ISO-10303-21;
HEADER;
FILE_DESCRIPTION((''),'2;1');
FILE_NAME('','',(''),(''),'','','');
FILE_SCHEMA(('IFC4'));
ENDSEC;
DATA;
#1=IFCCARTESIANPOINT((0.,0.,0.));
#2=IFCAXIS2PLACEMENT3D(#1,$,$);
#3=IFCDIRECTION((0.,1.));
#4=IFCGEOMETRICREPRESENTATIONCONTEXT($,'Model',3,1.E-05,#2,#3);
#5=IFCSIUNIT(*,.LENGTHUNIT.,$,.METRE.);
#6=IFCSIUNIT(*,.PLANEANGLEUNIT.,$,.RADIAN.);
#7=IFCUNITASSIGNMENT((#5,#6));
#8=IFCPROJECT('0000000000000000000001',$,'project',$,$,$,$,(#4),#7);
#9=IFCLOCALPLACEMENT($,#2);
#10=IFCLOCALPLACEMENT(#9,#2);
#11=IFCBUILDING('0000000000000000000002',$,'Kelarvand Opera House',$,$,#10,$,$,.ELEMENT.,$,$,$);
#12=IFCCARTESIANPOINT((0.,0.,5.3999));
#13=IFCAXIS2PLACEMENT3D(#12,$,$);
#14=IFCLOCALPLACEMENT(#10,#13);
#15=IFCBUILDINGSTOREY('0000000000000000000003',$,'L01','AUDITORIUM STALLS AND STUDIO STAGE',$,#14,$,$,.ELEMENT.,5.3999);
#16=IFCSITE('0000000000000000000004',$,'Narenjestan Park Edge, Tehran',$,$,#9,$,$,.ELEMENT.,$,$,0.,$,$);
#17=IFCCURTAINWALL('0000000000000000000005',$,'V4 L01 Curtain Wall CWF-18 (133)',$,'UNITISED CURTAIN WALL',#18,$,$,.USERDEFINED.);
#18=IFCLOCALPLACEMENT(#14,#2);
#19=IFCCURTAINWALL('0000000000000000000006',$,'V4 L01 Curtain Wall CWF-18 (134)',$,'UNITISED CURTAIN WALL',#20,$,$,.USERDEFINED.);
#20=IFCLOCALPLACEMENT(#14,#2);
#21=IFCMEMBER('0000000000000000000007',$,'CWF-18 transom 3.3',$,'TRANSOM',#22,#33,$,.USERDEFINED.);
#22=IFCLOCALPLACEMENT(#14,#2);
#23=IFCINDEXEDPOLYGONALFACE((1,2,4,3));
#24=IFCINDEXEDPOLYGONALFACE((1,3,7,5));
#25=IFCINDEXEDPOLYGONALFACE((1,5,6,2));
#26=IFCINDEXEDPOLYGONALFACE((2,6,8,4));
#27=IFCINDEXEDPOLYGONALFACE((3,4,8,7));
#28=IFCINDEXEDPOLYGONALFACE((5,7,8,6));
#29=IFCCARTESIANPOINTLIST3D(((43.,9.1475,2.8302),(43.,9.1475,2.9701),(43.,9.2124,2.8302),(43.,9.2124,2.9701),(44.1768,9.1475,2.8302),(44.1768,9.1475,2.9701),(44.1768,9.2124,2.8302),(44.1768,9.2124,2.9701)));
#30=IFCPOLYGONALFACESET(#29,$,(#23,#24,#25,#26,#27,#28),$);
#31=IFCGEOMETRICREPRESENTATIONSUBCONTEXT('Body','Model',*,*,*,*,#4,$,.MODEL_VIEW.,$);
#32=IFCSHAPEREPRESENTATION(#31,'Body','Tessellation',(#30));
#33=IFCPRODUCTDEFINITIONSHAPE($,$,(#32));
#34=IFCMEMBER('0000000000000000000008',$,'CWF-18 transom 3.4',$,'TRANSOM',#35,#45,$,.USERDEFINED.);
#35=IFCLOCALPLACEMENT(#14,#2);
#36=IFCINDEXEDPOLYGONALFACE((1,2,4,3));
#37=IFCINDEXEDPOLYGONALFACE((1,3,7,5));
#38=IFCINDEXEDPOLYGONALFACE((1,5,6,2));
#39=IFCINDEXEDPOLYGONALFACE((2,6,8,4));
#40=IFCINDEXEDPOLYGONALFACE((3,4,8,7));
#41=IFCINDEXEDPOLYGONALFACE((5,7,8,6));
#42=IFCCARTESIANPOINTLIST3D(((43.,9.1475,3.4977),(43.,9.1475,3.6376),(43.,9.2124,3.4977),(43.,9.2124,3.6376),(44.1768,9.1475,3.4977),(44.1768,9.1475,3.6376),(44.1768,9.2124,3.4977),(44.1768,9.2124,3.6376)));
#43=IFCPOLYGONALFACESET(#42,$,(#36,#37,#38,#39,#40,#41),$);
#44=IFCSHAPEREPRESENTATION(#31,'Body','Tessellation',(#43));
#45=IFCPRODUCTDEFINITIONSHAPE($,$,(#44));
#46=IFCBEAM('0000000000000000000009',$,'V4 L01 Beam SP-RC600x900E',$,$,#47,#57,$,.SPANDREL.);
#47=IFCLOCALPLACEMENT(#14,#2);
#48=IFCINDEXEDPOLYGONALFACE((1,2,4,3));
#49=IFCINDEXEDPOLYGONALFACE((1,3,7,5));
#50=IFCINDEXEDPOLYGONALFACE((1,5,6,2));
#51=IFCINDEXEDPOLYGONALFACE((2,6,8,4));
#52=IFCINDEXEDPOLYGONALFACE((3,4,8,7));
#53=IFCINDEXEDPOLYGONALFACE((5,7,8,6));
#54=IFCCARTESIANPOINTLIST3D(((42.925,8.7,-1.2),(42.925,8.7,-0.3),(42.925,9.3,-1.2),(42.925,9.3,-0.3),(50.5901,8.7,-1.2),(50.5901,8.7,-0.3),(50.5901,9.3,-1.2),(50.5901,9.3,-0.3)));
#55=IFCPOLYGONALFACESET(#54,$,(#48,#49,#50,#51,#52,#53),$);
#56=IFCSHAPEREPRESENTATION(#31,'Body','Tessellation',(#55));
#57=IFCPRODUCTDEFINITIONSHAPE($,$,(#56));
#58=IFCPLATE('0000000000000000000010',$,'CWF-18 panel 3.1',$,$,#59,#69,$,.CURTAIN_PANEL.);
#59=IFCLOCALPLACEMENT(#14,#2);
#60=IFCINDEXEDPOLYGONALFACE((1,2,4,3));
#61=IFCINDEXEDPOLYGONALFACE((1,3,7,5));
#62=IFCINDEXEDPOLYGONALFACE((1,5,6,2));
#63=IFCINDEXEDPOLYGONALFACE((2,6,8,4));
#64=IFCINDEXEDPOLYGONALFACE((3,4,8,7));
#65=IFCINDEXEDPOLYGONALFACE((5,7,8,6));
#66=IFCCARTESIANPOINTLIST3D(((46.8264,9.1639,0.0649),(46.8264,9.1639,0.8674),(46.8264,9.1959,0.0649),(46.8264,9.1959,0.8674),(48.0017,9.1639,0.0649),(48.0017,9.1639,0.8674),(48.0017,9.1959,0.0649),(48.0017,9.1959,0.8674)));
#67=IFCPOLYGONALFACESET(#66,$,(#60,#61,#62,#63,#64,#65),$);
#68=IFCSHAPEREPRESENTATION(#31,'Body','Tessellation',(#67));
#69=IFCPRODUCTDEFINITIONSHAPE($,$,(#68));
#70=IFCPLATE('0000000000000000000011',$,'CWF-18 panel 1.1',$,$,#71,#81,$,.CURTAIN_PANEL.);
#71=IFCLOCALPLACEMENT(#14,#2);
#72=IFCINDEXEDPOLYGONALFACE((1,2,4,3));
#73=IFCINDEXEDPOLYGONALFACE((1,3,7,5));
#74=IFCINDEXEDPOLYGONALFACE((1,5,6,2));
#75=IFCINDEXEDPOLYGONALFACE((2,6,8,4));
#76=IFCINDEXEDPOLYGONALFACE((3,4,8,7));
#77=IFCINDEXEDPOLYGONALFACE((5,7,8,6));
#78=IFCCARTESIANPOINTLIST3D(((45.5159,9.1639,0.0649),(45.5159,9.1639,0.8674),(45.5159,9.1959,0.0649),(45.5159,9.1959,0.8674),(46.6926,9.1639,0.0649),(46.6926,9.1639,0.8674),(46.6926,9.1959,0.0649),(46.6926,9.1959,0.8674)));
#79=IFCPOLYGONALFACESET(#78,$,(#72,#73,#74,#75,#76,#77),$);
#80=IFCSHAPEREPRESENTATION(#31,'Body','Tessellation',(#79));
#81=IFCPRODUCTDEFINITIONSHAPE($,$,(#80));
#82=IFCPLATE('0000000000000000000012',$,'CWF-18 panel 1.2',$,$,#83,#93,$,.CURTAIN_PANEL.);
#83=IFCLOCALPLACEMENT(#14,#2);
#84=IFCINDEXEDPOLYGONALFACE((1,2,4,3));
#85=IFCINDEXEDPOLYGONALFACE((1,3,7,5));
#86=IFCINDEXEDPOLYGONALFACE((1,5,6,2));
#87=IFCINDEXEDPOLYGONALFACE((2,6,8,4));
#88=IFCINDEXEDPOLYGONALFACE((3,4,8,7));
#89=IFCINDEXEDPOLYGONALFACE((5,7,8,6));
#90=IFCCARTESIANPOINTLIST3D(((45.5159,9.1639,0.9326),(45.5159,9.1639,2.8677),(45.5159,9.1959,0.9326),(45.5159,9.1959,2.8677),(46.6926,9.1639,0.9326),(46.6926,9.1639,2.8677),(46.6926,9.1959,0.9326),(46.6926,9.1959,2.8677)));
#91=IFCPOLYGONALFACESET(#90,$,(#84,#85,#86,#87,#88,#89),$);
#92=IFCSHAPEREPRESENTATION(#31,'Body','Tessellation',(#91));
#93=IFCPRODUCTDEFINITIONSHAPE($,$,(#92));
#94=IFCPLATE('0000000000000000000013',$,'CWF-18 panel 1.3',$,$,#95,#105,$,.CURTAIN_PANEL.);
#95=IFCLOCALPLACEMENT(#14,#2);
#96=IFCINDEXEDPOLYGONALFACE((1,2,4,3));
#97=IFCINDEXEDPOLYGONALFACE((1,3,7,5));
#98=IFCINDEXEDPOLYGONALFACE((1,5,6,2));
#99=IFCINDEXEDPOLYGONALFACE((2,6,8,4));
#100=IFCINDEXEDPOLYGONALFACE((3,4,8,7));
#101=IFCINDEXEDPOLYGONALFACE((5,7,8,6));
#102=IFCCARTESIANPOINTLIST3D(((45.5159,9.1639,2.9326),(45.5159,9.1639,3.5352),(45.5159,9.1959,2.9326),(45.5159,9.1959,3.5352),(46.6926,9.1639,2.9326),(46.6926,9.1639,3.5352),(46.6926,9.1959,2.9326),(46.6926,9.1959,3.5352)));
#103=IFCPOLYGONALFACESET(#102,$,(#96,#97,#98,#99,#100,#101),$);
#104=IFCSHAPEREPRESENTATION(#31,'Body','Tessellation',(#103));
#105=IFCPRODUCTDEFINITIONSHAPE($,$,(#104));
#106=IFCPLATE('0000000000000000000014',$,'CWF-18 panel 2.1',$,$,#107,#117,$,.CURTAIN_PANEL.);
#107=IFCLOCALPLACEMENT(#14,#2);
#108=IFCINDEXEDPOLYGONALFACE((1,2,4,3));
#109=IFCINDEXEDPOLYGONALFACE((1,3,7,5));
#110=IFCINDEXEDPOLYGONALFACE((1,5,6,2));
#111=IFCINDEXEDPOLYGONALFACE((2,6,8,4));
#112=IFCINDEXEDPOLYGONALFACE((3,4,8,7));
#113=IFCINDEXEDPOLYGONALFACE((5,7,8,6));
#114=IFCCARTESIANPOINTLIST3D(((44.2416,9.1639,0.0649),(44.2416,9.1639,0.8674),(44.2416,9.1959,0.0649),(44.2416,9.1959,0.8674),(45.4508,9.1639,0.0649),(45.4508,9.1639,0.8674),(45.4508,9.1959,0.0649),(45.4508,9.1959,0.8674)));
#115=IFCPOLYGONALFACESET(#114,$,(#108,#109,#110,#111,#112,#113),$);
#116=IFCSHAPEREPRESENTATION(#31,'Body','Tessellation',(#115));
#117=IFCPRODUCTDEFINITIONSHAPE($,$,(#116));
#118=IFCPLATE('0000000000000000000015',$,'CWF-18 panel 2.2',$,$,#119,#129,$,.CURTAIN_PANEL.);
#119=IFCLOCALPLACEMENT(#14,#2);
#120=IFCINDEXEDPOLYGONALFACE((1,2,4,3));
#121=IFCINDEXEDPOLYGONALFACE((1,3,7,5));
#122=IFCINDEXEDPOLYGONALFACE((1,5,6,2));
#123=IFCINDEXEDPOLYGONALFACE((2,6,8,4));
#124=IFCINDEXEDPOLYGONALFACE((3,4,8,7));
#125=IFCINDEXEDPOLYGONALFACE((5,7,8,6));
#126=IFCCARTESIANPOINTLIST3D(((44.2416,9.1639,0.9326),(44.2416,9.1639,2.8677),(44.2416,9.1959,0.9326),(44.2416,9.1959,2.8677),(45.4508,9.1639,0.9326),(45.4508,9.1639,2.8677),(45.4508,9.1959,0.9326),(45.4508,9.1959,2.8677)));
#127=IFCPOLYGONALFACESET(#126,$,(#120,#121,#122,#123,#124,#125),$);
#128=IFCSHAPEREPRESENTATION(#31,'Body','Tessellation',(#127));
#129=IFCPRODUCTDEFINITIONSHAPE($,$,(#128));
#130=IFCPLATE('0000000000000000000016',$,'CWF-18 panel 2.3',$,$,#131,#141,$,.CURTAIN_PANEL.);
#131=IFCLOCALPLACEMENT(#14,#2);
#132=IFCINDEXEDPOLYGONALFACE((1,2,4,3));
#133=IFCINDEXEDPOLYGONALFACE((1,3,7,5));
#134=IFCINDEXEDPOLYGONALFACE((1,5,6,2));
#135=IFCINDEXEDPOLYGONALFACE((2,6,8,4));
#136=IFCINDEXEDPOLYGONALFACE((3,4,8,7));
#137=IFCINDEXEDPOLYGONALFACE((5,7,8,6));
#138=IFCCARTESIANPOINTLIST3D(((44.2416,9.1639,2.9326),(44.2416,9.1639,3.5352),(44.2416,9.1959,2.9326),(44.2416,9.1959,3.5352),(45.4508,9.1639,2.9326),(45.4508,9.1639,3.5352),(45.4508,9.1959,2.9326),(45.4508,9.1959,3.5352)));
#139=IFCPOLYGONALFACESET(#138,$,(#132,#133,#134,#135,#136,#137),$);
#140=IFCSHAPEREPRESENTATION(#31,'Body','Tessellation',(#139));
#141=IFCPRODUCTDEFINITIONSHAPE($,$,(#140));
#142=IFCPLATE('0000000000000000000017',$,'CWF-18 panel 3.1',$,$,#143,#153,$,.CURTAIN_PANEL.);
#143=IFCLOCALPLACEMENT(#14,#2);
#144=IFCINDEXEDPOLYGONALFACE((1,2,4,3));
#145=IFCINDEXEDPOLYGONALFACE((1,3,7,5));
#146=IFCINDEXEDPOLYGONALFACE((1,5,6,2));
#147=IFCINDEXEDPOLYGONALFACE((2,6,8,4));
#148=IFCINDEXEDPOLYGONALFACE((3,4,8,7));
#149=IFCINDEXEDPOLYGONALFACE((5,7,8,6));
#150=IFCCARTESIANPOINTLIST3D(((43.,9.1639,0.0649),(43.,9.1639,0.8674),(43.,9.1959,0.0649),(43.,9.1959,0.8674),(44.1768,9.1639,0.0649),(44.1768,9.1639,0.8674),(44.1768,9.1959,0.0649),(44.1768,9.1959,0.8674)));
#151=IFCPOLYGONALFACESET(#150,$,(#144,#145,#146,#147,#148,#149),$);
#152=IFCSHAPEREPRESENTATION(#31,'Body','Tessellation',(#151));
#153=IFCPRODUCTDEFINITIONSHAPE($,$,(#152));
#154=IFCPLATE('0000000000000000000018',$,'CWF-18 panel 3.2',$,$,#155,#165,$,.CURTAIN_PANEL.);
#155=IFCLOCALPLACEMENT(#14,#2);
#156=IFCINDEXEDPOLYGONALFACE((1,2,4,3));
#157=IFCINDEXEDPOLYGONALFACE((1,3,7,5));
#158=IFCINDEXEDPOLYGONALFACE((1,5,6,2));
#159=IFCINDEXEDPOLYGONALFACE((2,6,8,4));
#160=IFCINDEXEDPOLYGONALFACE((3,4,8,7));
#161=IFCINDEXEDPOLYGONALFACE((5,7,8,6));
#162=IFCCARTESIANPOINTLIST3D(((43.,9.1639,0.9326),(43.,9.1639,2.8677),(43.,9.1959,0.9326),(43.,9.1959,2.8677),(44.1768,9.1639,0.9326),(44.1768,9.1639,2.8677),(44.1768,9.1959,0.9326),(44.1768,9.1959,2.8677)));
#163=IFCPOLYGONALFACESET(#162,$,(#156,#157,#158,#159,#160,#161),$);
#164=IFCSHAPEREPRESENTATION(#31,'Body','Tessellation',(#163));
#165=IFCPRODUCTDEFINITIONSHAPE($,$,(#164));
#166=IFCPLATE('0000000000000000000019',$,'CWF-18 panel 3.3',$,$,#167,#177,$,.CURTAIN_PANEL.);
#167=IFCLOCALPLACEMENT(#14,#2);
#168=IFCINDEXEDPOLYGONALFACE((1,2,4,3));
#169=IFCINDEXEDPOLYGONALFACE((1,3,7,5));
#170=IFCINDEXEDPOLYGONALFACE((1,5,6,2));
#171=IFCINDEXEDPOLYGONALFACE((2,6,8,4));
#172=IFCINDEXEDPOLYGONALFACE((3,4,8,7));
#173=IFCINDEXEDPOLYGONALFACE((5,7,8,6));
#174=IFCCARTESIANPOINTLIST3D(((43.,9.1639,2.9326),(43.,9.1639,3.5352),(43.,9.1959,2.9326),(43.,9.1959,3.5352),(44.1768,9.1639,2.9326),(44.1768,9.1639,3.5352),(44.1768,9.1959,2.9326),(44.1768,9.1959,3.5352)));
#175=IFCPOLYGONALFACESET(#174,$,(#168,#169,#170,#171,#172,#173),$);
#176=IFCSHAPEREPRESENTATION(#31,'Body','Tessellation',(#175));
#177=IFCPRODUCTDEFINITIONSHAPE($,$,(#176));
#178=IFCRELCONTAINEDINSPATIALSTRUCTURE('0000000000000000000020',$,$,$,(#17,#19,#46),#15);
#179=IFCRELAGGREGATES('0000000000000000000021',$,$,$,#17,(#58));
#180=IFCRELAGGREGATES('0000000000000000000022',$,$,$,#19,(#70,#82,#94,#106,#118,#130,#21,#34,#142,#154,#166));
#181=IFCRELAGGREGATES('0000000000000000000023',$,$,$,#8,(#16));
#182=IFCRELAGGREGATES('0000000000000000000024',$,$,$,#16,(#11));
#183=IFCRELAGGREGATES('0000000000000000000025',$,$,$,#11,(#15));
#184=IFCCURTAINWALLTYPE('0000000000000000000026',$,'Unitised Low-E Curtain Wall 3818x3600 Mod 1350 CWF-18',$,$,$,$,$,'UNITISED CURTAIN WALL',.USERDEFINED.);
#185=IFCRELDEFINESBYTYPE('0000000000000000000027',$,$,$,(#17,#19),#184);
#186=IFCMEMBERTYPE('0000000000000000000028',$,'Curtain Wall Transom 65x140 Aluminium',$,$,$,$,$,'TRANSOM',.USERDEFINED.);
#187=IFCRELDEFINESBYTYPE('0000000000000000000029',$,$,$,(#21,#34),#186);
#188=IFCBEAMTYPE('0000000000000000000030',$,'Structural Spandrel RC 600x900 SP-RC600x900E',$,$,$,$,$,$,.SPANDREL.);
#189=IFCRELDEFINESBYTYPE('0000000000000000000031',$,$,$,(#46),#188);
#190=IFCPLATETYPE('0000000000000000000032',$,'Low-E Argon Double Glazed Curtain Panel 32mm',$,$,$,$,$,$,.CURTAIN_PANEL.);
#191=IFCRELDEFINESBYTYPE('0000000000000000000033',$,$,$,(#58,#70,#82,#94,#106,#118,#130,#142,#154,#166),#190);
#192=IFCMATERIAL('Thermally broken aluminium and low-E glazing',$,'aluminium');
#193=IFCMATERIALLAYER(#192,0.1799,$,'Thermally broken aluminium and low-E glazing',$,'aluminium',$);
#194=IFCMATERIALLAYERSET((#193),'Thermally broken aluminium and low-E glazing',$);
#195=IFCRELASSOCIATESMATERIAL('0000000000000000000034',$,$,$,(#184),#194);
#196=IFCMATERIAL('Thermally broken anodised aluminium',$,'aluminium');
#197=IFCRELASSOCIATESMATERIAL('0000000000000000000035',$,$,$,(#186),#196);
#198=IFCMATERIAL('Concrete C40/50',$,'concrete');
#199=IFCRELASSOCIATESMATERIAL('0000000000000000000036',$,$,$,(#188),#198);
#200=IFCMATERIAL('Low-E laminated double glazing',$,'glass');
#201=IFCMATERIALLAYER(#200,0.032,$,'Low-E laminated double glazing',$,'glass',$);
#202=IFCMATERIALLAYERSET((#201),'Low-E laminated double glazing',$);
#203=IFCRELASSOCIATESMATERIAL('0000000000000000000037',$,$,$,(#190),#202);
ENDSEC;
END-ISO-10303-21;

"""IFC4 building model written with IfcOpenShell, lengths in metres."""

from ifc_helpers import new_model, si_unit, direction, frame, origin, origin_2d, place, context, subcontext, project, spatial, rectangle, extrude, material, layer, layer_set, material_profile, profile_set, type_object, element, aggregate, save


model = new_model("IFC4")

# Units and contexts
model_context = context("Model", 3, precision=1e-05, world=origin(), true_north=direction((0.0, 1.0)))
body_context = subcontext(model_context, "Body", "Model", "MODEL_VIEW")
ifc_project = project(units=[si_unit("LENGTHUNIT", "METRE"), si_unit("PLANEANGLEUNIT", "RADIAN")], contexts=[model_context])

# Site, building, storey
site_placement = place(None, origin())
site = spatial("IfcSite", under=ifc_project, at=site_placement, Name="Narenjestan Park Edge, Tehran", CompositionType="ELEMENT", RefElevation=0.0)
building_placement = place(site_placement, origin())
building = spatial("IfcBuilding", under=site, at=building_placement, Name="Kelarvand Opera House", CompositionType="ELEMENT")
storey_placement = place(building_placement, frame((0.0, 0.0, 5.3999)))
storey = spatial("IfcBuildingStorey", under=building, at=storey_placement, Name="L01", Description="AUDITORIUM STALLS AND STUDIO STAGE", CompositionType="ELEMENT", Elevation=5.3999)

# Curtain wall
ifc_material_1 = material(Name="Thermally broken aluminium and low-E glazing", Category="aluminium")
ifc_layer_1 = layer(ifc_material_1, 0.1799, Name="Thermally broken aluminium and low-E glazing", Category="aluminium")
ifc_layer_set_1 = layer_set([ifc_layer_1], Name="Thermally broken aluminium and low-E glazing")
curtain_wall_type = type_object("IfcCurtainWallType", Name="Unitised Low-E Curtain Wall 3818x3600 Mod 1350 CWF-18", ElementType="UNITISED CURTAIN WALL", PredefinedType="USERDEFINED", material=ifc_layer_set_1)
curtain_wall_1_placement = place(storey_placement, origin())
curtain_wall_1 = element("IfcCurtainWall", 1, at=curtain_wall_1_placement, inside=storey, type_object=curtain_wall_type, Name="V4 L01 Curtain Wall CWF-18 (133)", ObjectType="UNITISED CURTAIN WALL", PredefinedType="USERDEFINED")
ifc_material_2 = material(Name="Thermally broken anodised aluminium", Category="aluminium")

# Curtain wall, members
curtain_wall_2_placement = place(storey_placement, origin())
curtain_wall_2 = element("IfcCurtainWall", 2, at=curtain_wall_2_placement, inside=storey, type_object=curtain_wall_type, Name="V4 L01 Curtain Wall CWF-18 (134)", ObjectType="UNITISED CURTAIN WALL", PredefinedType="USERDEFINED")
ifc_material_profile_1 = material_profile(ifc_material_2, rectangle(XDim=0.0649, YDim=0.1399, at=origin_2d()), Name="ALU TRANSOM 65x140", Category="aluminium")
ifc_profile_set_1 = profile_set([ifc_material_profile_1], Name="Thermally broken anodised aluminium")
member_type_1 = type_object("IfcMemberType", Name="Curtain Wall Transom 65x140 Aluminium", ElementType="TRANSOM", PredefinedType="USERDEFINED", material=ifc_profile_set_1)
member_1_placement = place(storey_placement, frame((44.1768, 9.1799, 2.9001), z_axis=(-1.0, 0.0, 0.0), x_axis=(0.0, -1.0, 0.0)))
member_1 = element("IfcMember", 3, at=member_1_placement, type_object=member_type_1, Name="CWF-18 transom 3.3", ObjectType="TRANSOM", PredefinedType="USERDEFINED", context=body_context, shape_type="SweptSolid", body=[
    extrude(rectangle(XDim=0.0649, YDim=0.1399, at=origin_2d()), origin(), (0.0, 0.0, 1.0), 1.1768),
])
member_2_placement = place(storey_placement, frame((44.1768, 9.1799, 3.5676), z_axis=(-1.0, 0.0, 0.0), x_axis=(0.0, -1.0, 0.0)))
member_2 = element("IfcMember", 4, at=member_2_placement, type_object=member_type_1, Name="CWF-18 transom 3.4", ObjectType="TRANSOM", PredefinedType="USERDEFINED", context=body_context, shape_type="SweptSolid", body=[
    extrude(rectangle(XDim=0.0649, YDim=0.1399, at=origin_2d()), origin(), (0.0, 0.0, 1.0), 1.1768),
])

# Beam
ifc_material_3 = material(Name="Concrete C40/50", Category="concrete")
ifc_material_profile_2 = material_profile(ifc_material_3, rectangle(XDim=0.6001, YDim=0.8999, at=origin_2d()), Name="RC 600x900", Category="concrete")
ifc_profile_set_2 = profile_set([ifc_material_profile_2], Name="Concrete C40/50")
beam_type = type_object("IfcBeamType", Name="Structural Spandrel RC 600x900 SP-RC600x900E", PredefinedType="SPANDREL", material=ifc_profile_set_2)
beam_placement = place(storey_placement, frame((42.925, 9.0, -0.75), z_axis=(1.0, 0.0, 0.0), x_axis=(0.0, 1.0, 0.0)))
element("IfcBeam", 5, at=beam_placement, inside=storey, type_object=beam_type, Name="V4 L01 Beam SP-RC600x900E", PredefinedType="SPANDREL", context=body_context, shape_type="SweptSolid", body=[
    extrude(rectangle(XDim=0.6001, YDim=0.8999, at=origin_2d()), origin(), (0.0, 0.0, 1.0), 7.665),
])

# Plates
ifc_material_4 = material(Name="Low-E laminated double glazing", Category="glass")
ifc_layer_2 = layer(ifc_material_4, 0.032, Name="Low-E laminated double glazing", Category="glass")
ifc_layer_set_2 = layer_set([ifc_layer_2], Name="Low-E laminated double glazing")
plate_type = type_object("IfcPlateType", Name="Low-E Argon Double Glazed Curtain Panel 32mm", PredefinedType="CURTAIN_PANEL", material=ifc_layer_set_2)
plate_1_placement = place(storey_placement, frame((47.4141, 9.1799, 0.0649), z_axis=(0.0, 0.0, 1.0), x_axis=(-1.0, 0.0, 0.0)))
plate_1 = element("IfcPlate", 6, at=plate_1_placement, type_object=plate_type, Name="CWF-18 panel 3.1", PredefinedType="CURTAIN_PANEL", context=body_context, shape_type="SweptSolid", body=[
    extrude(rectangle(XDim=1.1753, YDim=0.032, at=origin_2d()), origin(), (0.0, 0.0, 1.0), 0.8025),
])
aggregate(curtain_wall_1, [plate_1])
plate_2_placement = place(storey_placement, frame((46.1042, 9.1799, 0.0649), z_axis=(0.0, 0.0, 1.0), x_axis=(-1.0, 0.0, 0.0)))
plate_2 = element("IfcPlate", 7, at=plate_2_placement, type_object=plate_type, Name="CWF-18 panel 1.1", PredefinedType="CURTAIN_PANEL", context=body_context, shape_type="SweptSolid", body=[
    extrude(rectangle(XDim=1.1768, YDim=0.032, at=origin_2d()), origin(), (0.0, 0.0, 1.0), 0.8025),
])
plate_3_placement = place(storey_placement, frame((46.1042, 9.1799, 0.9326), z_axis=(0.0, 0.0, 1.0), x_axis=(-1.0, 0.0, 0.0)))
plate_3 = element("IfcPlate", 8, at=plate_3_placement, type_object=plate_type, Name="CWF-18 panel 1.2", PredefinedType="CURTAIN_PANEL", context=body_context, shape_type="SweptSolid", body=[
    extrude(rectangle(XDim=1.1768, YDim=0.032, at=origin_2d()), origin(), (0.0, 0.0, 1.0), 1.9351),
])
plate_4_placement = place(storey_placement, frame((46.1042, 9.1799, 2.9326), z_axis=(0.0, 0.0, 1.0), x_axis=(-1.0, 0.0, 0.0)))
plate_4 = element("IfcPlate", 9, at=plate_4_placement, type_object=plate_type, Name="CWF-18 panel 1.3", PredefinedType="CURTAIN_PANEL", context=body_context, shape_type="SweptSolid", body=[
    extrude(rectangle(XDim=1.1768, YDim=0.032, at=origin_2d()), origin(), (0.0, 0.0, 1.0), 0.6025),
])
plate_5_placement = place(storey_placement, frame((44.8462, 9.1799, 0.0649), z_axis=(0.0, 0.0, 1.0), x_axis=(-1.0, 0.0, 0.0)))
plate_5 = element("IfcPlate", 10, at=plate_5_placement, type_object=plate_type, Name="CWF-18 panel 2.1", PredefinedType="CURTAIN_PANEL", context=body_context, shape_type="SweptSolid", body=[
    extrude(rectangle(XDim=1.2092, YDim=0.032, at=origin_2d()), origin(), (0.0, 0.0, 1.0), 0.8025),
])
plate_6_placement = place(storey_placement, frame((44.8462, 9.1799, 0.9326), z_axis=(0.0, 0.0, 1.0), x_axis=(-1.0, 0.0, 0.0)))
plate_6 = element("IfcPlate", 11, at=plate_6_placement, type_object=plate_type, Name="CWF-18 panel 2.2", PredefinedType="CURTAIN_PANEL", context=body_context, shape_type="SweptSolid", body=[
    extrude(rectangle(XDim=1.2092, YDim=0.032, at=origin_2d()), origin(), (0.0, 0.0, 1.0), 1.9351),
])
plate_7_placement = place(storey_placement, frame((44.8462, 9.1799, 2.9326), z_axis=(0.0, 0.0, 1.0), x_axis=(-1.0, 0.0, 0.0)))
plate_7 = element("IfcPlate", 12, at=plate_7_placement, type_object=plate_type, Name="CWF-18 panel 2.3", PredefinedType="CURTAIN_PANEL", context=body_context, shape_type="SweptSolid", body=[
    extrude(rectangle(XDim=1.2092, YDim=0.032, at=origin_2d()), origin(), (0.0, 0.0, 1.0), 0.6025),
])
plate_8_placement = place(storey_placement, frame((43.5884, 9.1799, 0.0649), z_axis=(0.0, 0.0, 1.0), x_axis=(-1.0, 0.0, 0.0)))
plate_8 = element("IfcPlate", 13, at=plate_8_placement, type_object=plate_type, Name="CWF-18 panel 3.1", PredefinedType="CURTAIN_PANEL", context=body_context, shape_type="SweptSolid", body=[
    extrude(rectangle(XDim=1.1768, YDim=0.032, at=origin_2d()), origin(), (0.0, 0.0, 1.0), 0.8025),
])
plate_9_placement = place(storey_placement, frame((43.5884, 9.1799, 0.9326), z_axis=(0.0, 0.0, 1.0), x_axis=(-1.0, 0.0, 0.0)))
plate_9 = element("IfcPlate", 14, at=plate_9_placement, type_object=plate_type, Name="CWF-18 panel 3.2", PredefinedType="CURTAIN_PANEL", context=body_context, shape_type="SweptSolid", body=[
    extrude(rectangle(XDim=1.1768, YDim=0.032, at=origin_2d()), origin(), (0.0, 0.0, 1.0), 1.9351),
])
plate_10_placement = place(storey_placement, frame((43.5884, 9.1799, 2.9326), z_axis=(0.0, 0.0, 1.0), x_axis=(-1.0, 0.0, 0.0)))
plate_10 = element("IfcPlate", 15, at=plate_10_placement, type_object=plate_type, Name="CWF-18 panel 3.3", PredefinedType="CURTAIN_PANEL", context=body_context, shape_type="SweptSolid", body=[
    extrude(rectangle(XDim=1.1768, YDim=0.032, at=origin_2d()), origin(), (0.0, 0.0, 1.0), 0.6025),
])
aggregate(curtain_wall_2, [plate_2, plate_3, plate_4, plate_5, plate_6, plate_7, member_1, member_2, plate_8, plate_9, plate_10])

save(model, "model.ifc")
